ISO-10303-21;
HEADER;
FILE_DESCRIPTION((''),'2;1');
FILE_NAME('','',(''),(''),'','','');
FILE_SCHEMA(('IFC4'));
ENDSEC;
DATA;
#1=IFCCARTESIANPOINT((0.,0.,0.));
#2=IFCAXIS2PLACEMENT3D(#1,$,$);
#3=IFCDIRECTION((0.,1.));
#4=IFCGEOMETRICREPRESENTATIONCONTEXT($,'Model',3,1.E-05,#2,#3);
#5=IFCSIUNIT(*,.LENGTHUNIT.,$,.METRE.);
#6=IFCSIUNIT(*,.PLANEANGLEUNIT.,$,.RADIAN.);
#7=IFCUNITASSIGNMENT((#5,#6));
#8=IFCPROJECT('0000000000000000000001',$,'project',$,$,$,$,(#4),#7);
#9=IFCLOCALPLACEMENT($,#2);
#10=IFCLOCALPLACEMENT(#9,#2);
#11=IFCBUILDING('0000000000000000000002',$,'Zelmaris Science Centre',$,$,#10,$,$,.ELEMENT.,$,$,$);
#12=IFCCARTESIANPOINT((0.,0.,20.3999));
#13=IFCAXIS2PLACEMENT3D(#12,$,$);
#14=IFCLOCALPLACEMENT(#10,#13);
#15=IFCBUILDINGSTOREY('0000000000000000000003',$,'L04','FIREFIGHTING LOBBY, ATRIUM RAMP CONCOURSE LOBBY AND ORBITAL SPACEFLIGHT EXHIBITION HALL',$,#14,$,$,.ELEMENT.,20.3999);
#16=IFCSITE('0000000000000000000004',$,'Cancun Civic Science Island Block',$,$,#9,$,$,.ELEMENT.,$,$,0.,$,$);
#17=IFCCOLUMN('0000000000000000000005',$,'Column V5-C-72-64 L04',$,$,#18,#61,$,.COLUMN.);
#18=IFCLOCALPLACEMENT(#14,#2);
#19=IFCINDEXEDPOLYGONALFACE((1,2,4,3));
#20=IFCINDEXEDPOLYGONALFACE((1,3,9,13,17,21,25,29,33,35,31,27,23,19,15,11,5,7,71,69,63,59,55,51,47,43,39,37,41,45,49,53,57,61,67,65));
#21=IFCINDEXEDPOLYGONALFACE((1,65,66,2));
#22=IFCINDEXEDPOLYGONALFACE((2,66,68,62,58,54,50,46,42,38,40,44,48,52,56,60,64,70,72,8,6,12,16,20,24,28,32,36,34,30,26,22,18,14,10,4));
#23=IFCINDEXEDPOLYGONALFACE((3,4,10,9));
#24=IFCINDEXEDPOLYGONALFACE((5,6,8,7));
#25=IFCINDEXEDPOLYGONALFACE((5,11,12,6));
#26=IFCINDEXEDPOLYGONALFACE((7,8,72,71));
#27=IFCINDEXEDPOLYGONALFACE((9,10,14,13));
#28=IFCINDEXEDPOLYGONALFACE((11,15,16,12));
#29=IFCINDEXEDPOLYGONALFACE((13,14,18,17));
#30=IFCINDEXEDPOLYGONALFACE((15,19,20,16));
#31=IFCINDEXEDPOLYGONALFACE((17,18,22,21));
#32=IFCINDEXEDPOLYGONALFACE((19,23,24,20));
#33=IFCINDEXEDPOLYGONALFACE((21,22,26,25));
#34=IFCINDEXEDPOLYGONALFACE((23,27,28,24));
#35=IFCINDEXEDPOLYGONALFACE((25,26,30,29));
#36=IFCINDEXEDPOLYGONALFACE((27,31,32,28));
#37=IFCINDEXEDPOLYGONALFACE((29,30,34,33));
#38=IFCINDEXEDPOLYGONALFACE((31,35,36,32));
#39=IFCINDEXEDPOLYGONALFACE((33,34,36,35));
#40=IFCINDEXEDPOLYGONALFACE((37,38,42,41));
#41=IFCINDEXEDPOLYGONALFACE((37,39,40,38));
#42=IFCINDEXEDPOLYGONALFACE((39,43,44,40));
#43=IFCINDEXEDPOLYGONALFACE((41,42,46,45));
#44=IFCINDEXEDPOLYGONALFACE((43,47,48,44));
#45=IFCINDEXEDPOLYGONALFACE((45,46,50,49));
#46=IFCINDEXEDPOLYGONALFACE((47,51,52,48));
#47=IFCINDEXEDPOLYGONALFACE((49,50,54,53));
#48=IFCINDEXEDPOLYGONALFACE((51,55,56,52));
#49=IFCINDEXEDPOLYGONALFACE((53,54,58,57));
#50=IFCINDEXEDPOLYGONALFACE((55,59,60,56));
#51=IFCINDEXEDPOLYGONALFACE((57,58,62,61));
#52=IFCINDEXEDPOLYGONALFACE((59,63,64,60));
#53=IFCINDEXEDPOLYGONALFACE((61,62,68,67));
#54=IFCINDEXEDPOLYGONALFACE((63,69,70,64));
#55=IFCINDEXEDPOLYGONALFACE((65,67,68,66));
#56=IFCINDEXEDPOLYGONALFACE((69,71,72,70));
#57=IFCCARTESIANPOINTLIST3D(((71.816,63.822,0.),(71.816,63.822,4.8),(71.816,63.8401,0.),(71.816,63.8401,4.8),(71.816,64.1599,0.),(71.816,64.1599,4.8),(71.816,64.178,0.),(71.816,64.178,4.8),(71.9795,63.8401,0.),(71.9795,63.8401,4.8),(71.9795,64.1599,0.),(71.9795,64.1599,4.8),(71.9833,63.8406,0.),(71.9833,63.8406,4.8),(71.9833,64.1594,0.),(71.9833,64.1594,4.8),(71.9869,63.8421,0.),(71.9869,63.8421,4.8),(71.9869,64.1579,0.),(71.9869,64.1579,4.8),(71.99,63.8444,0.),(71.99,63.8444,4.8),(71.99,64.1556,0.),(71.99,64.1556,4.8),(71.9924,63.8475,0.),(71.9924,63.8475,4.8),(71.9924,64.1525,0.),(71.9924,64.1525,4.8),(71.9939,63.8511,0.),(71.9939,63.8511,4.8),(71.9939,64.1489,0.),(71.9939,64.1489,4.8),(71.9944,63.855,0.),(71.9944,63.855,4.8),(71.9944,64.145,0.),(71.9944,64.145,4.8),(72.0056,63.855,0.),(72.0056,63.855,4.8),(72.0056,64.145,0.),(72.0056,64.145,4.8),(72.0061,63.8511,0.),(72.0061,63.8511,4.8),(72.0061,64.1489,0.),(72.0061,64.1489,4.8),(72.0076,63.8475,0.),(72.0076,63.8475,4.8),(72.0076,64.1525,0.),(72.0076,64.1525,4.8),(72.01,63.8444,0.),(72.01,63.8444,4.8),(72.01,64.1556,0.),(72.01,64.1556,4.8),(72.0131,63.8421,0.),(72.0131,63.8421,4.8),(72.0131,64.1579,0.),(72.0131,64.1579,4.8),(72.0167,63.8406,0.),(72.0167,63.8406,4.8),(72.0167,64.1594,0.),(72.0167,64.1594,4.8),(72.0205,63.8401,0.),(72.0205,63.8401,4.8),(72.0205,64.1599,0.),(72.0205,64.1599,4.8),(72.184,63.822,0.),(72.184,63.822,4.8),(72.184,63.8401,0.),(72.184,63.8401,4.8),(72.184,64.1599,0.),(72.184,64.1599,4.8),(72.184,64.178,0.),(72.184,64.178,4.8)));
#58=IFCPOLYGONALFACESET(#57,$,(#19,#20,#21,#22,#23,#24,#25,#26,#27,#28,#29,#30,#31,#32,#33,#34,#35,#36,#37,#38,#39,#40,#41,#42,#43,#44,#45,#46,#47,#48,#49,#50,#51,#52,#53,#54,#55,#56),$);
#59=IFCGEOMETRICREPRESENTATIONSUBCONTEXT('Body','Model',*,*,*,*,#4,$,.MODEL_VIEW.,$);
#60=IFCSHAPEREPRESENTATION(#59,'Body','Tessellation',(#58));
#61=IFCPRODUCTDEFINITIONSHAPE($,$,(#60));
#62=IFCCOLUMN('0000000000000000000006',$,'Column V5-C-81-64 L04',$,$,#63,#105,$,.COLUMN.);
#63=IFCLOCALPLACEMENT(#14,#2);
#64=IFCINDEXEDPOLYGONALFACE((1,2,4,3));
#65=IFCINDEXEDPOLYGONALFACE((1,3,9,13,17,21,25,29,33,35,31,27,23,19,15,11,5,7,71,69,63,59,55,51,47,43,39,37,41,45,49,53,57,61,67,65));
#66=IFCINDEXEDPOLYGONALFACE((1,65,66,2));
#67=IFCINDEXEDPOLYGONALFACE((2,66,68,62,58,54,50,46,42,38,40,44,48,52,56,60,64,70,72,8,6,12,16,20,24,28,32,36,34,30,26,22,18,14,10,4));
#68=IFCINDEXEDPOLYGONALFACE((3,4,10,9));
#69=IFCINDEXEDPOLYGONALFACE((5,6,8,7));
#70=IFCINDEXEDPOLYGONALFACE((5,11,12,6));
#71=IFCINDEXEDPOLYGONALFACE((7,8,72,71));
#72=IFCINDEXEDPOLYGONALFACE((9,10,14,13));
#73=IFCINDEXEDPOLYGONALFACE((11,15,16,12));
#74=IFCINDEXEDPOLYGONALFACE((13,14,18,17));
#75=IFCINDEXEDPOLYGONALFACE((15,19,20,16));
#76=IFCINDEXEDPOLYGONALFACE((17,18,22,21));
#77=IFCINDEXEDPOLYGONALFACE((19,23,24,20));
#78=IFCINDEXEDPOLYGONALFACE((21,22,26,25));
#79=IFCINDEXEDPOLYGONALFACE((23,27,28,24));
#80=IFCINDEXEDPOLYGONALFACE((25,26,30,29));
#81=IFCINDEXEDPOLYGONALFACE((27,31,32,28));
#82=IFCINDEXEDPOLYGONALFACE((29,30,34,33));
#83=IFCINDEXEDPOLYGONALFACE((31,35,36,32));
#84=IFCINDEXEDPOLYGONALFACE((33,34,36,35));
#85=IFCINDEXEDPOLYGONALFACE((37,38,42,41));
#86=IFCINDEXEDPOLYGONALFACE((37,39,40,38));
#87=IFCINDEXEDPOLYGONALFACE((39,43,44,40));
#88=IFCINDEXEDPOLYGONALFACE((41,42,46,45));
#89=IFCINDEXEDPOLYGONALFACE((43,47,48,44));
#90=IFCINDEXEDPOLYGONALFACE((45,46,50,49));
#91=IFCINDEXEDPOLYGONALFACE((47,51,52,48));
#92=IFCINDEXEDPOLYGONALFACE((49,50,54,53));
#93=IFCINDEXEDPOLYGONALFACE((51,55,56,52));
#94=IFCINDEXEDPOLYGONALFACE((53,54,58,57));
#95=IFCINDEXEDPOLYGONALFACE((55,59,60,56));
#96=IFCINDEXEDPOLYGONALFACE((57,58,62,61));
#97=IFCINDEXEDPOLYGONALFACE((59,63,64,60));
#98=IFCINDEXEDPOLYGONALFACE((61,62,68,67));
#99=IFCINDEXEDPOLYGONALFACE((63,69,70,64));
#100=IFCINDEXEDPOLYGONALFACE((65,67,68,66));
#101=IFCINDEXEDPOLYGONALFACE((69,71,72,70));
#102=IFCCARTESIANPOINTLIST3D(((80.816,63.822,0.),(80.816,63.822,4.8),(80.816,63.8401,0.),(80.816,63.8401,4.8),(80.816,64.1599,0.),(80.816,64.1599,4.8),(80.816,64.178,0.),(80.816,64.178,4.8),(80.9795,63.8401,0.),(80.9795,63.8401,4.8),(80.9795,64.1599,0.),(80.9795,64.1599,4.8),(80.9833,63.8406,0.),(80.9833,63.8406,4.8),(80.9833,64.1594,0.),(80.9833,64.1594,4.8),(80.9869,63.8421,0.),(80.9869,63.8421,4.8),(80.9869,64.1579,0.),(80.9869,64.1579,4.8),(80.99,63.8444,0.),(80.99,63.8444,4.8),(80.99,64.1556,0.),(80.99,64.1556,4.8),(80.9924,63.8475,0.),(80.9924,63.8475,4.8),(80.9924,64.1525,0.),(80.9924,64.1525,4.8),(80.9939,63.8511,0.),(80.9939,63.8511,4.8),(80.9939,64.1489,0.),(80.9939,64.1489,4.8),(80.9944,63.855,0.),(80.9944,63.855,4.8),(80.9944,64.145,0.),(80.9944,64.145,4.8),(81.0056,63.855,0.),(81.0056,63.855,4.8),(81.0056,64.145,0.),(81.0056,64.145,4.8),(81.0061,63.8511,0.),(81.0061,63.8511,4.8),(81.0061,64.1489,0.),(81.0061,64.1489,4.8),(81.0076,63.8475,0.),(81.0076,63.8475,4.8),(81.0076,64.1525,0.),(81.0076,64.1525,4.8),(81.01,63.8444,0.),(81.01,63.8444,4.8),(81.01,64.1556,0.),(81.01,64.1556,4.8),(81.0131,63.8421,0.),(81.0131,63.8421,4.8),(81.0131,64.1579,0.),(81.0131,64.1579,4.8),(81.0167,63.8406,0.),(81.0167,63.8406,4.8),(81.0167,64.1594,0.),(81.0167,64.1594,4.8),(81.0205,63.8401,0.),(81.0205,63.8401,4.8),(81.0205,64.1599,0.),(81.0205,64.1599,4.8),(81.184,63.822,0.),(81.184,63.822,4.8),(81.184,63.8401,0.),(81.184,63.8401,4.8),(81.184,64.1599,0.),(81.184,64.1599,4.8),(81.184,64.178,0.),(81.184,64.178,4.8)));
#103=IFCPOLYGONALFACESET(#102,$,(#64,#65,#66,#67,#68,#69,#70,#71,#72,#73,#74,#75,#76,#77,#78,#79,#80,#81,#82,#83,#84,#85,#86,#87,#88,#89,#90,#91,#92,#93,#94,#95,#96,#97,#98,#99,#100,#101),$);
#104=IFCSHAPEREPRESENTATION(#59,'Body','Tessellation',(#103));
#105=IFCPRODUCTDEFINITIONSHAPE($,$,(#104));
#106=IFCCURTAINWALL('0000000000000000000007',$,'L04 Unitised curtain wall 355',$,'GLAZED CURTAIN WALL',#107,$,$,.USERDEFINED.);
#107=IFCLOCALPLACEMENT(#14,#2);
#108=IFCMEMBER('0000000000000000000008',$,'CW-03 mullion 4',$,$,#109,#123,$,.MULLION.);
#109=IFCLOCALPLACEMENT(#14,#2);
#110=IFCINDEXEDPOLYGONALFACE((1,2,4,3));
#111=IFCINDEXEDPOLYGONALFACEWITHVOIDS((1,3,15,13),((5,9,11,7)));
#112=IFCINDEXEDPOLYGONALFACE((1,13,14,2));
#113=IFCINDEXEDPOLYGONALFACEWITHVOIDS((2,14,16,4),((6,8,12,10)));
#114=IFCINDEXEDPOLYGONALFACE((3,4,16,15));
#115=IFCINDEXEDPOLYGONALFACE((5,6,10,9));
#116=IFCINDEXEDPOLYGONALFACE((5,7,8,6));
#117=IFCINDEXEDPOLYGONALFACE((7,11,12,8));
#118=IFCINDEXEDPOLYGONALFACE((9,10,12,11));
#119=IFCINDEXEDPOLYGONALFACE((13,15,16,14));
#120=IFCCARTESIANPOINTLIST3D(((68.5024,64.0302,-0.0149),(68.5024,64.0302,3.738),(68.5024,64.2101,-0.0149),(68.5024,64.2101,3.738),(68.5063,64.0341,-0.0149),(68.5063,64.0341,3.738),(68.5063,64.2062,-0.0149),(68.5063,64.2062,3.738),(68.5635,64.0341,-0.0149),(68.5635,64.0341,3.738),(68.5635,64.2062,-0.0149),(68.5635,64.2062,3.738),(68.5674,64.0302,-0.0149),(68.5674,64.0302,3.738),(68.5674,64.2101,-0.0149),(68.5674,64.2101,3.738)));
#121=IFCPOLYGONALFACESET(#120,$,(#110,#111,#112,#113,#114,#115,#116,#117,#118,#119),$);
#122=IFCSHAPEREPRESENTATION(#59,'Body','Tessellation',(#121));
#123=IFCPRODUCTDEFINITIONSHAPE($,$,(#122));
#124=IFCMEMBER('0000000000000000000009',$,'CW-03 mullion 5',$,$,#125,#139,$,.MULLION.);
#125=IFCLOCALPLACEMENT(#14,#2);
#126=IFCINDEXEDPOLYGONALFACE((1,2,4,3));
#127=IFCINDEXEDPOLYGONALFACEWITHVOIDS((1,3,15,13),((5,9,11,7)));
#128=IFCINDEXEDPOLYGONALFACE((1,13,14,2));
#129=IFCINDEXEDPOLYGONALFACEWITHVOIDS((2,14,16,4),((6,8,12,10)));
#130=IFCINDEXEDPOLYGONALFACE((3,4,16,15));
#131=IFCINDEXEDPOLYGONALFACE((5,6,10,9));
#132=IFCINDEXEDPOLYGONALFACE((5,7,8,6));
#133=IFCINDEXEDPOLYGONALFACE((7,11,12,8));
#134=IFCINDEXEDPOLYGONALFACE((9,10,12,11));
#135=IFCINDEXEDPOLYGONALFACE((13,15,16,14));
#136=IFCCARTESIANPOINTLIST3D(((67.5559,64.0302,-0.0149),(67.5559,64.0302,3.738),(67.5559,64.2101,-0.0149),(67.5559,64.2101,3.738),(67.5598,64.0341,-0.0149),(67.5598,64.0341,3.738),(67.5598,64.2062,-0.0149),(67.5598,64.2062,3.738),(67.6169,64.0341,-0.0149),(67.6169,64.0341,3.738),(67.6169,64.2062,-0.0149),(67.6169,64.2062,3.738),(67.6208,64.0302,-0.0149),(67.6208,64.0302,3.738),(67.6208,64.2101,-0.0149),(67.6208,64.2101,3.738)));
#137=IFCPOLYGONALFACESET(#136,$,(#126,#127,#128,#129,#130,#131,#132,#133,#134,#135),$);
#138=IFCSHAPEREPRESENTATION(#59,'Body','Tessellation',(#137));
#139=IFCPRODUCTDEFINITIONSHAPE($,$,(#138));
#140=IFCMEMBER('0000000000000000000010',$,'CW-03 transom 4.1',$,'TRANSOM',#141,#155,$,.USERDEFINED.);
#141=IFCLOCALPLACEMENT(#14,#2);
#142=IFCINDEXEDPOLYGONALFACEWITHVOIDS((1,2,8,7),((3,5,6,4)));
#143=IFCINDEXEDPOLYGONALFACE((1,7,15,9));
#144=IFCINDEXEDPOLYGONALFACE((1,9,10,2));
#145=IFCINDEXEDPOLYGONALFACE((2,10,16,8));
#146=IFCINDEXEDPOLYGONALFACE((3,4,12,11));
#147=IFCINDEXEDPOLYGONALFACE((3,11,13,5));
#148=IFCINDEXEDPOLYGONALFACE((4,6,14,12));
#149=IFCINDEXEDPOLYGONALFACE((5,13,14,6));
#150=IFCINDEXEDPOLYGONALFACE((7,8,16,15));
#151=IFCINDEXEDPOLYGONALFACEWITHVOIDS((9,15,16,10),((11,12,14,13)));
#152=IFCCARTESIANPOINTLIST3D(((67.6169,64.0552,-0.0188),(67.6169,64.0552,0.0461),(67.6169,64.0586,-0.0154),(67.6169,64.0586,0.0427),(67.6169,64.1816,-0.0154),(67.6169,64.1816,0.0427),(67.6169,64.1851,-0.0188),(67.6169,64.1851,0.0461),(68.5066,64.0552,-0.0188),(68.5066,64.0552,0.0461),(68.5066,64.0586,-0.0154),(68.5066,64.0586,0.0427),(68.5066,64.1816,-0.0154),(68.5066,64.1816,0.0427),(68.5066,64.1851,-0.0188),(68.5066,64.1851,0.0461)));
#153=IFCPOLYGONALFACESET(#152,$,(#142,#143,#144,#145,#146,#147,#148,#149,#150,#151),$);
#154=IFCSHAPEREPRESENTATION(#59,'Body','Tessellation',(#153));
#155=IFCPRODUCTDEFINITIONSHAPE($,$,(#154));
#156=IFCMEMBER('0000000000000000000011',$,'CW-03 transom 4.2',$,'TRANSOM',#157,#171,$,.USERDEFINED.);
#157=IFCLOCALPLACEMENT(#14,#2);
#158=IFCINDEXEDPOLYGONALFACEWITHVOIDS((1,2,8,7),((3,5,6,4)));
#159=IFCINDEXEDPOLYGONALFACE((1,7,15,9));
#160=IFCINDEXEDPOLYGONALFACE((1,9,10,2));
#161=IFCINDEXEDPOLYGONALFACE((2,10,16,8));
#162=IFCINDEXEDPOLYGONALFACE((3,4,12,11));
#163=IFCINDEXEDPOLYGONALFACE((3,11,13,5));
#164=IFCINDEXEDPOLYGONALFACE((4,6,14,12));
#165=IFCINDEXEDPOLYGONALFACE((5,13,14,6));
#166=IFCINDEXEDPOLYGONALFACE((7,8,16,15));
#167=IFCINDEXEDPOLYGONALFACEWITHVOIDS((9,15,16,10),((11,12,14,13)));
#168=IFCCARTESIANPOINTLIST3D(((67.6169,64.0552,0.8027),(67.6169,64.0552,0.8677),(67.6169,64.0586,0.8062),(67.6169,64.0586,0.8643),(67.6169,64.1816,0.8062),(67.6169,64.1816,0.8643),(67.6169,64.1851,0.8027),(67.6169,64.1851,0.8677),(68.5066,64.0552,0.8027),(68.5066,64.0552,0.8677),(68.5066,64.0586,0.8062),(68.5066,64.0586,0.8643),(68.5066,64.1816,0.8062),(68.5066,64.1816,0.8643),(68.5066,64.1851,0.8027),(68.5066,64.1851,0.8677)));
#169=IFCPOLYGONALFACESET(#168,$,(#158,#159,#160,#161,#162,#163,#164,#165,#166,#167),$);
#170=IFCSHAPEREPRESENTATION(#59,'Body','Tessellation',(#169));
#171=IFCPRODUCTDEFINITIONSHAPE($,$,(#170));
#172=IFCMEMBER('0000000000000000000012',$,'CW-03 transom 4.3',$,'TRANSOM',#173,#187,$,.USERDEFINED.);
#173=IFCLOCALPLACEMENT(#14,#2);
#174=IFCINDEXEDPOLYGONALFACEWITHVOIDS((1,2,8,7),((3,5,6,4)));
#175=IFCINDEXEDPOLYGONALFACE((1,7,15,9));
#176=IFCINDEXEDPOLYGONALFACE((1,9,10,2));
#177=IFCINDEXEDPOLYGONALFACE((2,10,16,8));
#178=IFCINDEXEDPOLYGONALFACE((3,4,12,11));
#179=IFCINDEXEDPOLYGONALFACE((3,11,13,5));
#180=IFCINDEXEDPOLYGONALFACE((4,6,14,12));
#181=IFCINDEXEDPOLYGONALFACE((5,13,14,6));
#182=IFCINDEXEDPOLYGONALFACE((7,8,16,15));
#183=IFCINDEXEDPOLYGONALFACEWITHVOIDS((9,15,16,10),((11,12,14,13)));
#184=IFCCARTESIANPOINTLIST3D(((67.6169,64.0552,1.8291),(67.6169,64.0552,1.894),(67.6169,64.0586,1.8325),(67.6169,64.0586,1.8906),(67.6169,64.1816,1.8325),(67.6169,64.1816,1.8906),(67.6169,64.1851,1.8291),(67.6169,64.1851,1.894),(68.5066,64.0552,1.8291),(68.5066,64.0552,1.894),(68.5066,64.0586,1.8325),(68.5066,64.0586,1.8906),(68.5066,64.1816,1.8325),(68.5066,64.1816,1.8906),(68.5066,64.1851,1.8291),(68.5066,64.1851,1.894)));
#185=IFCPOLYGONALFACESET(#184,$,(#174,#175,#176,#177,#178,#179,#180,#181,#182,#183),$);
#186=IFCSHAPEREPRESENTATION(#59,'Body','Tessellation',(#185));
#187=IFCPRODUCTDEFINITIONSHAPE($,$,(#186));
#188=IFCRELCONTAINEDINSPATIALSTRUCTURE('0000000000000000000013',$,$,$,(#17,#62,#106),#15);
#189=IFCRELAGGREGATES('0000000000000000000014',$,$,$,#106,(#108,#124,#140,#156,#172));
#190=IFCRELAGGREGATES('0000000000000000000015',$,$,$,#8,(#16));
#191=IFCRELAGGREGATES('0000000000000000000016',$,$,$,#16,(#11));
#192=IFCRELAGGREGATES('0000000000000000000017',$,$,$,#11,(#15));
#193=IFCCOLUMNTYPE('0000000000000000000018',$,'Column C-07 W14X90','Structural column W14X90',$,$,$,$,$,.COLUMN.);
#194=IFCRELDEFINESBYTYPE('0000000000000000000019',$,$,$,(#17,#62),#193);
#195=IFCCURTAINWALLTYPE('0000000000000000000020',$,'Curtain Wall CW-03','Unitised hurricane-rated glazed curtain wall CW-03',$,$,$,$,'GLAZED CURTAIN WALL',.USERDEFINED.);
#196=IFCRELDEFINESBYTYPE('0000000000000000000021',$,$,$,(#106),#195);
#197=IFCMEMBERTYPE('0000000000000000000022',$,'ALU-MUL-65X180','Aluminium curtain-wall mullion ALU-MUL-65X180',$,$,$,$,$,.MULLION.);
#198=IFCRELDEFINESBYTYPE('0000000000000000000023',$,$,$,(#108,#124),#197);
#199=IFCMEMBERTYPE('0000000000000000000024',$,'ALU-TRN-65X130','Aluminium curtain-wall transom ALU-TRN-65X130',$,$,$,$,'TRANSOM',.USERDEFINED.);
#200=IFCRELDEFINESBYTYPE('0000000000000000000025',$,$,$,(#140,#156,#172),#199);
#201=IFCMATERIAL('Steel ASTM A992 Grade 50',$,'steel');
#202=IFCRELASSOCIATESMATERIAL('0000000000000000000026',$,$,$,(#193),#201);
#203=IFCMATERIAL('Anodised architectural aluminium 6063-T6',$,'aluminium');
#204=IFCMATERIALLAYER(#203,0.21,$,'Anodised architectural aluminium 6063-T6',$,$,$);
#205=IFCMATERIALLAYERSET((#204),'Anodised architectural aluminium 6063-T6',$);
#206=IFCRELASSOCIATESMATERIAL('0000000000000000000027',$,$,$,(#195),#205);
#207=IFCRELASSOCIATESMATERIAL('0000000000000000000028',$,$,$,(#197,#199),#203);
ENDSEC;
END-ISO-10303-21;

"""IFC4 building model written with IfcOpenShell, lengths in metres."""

from ifc_helpers import new_model, si_unit, direction, frame, origin, origin_2d, place, context, subcontext, project, spatial, hollow_rectangle, i_section, extrude, material, layer, layer_set, material_profile, profile_set, type_object, element, aggregate, save


model = new_model("IFC4")

# Units and contexts
model_context = context("Model", 3, precision=1e-05, world=origin(), true_north=direction((0.0, 1.0)))
body_context = subcontext(model_context, "Body", "Model", "MODEL_VIEW")
ifc_project = project(units=[si_unit("LENGTHUNIT", "METRE"), si_unit("PLANEANGLEUNIT", "RADIAN")], contexts=[model_context])

# Site, building, storey
site_placement = place(None, origin())
site = spatial("IfcSite", under=ifc_project, at=site_placement, Name="Cancun Civic Science Island Block", CompositionType="ELEMENT", RefElevation=0.0)
building_placement = place(site_placement, origin())
building = spatial("IfcBuilding", under=site, at=building_placement, Name="Zelmaris Science Centre", CompositionType="ELEMENT")
storey_placement = place(building_placement, frame((0.0, 0.0, 20.3999)))
storey = spatial("IfcBuildingStorey", under=building, at=storey_placement, Name="L04", Description="FIREFIGHTING LOBBY, ATRIUM RAMP CONCOURSE LOBBY AND ORBITAL SPACEFLIGHT EXHIBITION HALL", CompositionType="ELEMENT", Elevation=20.3999)

# Columns
ifc_material_1 = material(Name="Steel ASTM A992 Grade 50", Category="steel")
ifc_material_profile_1 = material_profile(ifc_material_1, i_section(OverallWidth=0.3679, OverallDepth=0.356, WebThickness=0.0112, FlangeThickness=0.0181, FilletRadius=0.0149, at=origin_2d()), Name="W14X90")
ifc_profile_set_1 = profile_set([ifc_material_profile_1], Name="Steel ASTM A992 Grade 50")
column_type = type_object("IfcColumnType", Name="Column C-07 W14X90", Description="Structural column W14X90", PredefinedType="COLUMN", material=ifc_profile_set_1)
for number, where, z_axis, x_axis, name in (
    (1, (72.0, 64.0, 0.0), (0.0, 0.0, 1.0), (1.0, 0.0, 0.0), "Column V5-C-72-64 L04"),
    (2, (81.0, 64.0, 0.0), (0.0, 0.0, 1.0), (1.0, 0.0, 0.0), "Column V5-C-81-64 L04"),
):
    element("IfcColumn", number, at=place(storey_placement, frame(where, z_axis=z_axis, x_axis=x_axis)), inside=storey, type_object=column_type, Name=name, PredefinedType="COLUMN", context=body_context, shape_type="SweptSolid", body=[
        extrude(i_section(OverallWidth=0.3679, OverallDepth=0.356, WebThickness=0.0112, FlangeThickness=0.0181, FilletRadius=0.0149, at=origin_2d()), origin(), (0.0, 0.0, 1.0), 4.8),
    ])

# Curtain wall, members
ifc_material_2 = material(Name="Anodised architectural aluminium 6063-T6", Category="aluminium")
ifc_layer_1 = layer(ifc_material_2, 0.21, Name="Anodised architectural aluminium 6063-T6")
ifc_layer_set_1 = layer_set([ifc_layer_1], Name="Anodised architectural aluminium 6063-T6")
curtain_wall_type = type_object("IfcCurtainWallType", Name="Curtain Wall CW-03", Description="Unitised hurricane-rated glazed curtain wall CW-03", ElementType="GLAZED CURTAIN WALL", PredefinedType="USERDEFINED", material=ifc_layer_set_1)
curtain_wall_placement = place(storey_placement, origin())
curtain_wall = element("IfcCurtainWall", 3, at=curtain_wall_placement, inside=storey, type_object=curtain_wall_type, Name="L04 Unitised curtain wall 355", ObjectType="GLAZED CURTAIN WALL", PredefinedType="USERDEFINED")
ifc_material_profile_2 = material_profile(ifc_material_2, hollow_rectangle(XDim=0.0649, YDim=0.1799, WallThickness=0.0039, at=origin_2d()), Name="ALU-MUL-65X180")
ifc_profile_set_2 = profile_set([ifc_material_profile_2], Name="Anodised architectural aluminium 6063-T6")
member_type_1 = type_object("IfcMemberType", Name="ALU-MUL-65X180", Description="Aluminium curtain-wall mullion ALU-MUL-65X180", PredefinedType="MULLION", material=ifc_profile_set_2)
member_1_placement = place(storey_placement, frame((68.5349, 64.1201, -0.0149), z_axis=(0.0, 0.0, 1.0), x_axis=(-1.0, 0.000003, 0.0)))
member_1 = element("IfcMember", 4, at=member_1_placement, type_object=member_type_1, Name="CW-03 mullion 4", PredefinedType="MULLION", context=body_context, shape_type="SweptSolid", body=[
    extrude(hollow_rectangle(XDim=0.0649, YDim=0.1799, WallThickness=0.0039, at=origin_2d()), origin(), (0.0, 0.0, 1.0), 3.7529),
])
member_2_placement = place(storey_placement, frame((67.5884, 64.1201, -0.0149), z_axis=(0.0, 0.0, 1.0), x_axis=(-1.0, 0.000003, 0.0)))
member_2 = element("IfcMember", 5, at=member_2_placement, type_object=member_type_1, Name="CW-03 mullion 5", PredefinedType="MULLION", context=body_context, shape_type="SweptSolid", body=[
    extrude(hollow_rectangle(XDim=0.0649, YDim=0.1799, WallThickness=0.0039, at=origin_2d()), origin(), (0.0, 0.0, 1.0), 3.7529),
])
ifc_material_profile_3 = material_profile(ifc_material_2, hollow_rectangle(XDim=0.0649, YDim=0.1299, WallThickness=0.0034, at=origin_2d()), Name="ALU-TRN-65X130")
ifc_profile_set_3 = profile_set([ifc_material_profile_3], Name="Anodised architectural aluminium 6063-T6")
member_type_2 = type_object("IfcMemberType", Name="ALU-TRN-65X130", Description="Aluminium curtain-wall transom ALU-TRN-65X130", ElementType="TRANSOM", PredefinedType="USERDEFINED", material=ifc_profile_set_3)
member_3_placement = place(storey_placement, frame((68.5066, 64.1201, 0.0137), z_axis=(-1.0, 0.0, 0.0), x_axis=(0.0, 0.0, 1.0)))
member_3 = element("IfcMember", 6, at=member_3_placement, type_object=member_type_2, Name="CW-03 transom 4.1", ObjectType="TRANSOM", PredefinedType="USERDEFINED", context=body_context, shape_type="SweptSolid", body=[
    extrude(hollow_rectangle(XDim=0.0649, YDim=0.1299, WallThickness=0.0034, at=origin_2d()), origin(), (0.0, 0.0, 1.0), 0.8896),
])
member_4_placement = place(storey_placement, frame((68.5066, 64.1201, 0.8352), z_axis=(-1.0, 0.0, 0.0), x_axis=(0.0, 0.0, 1.0)))
member_4 = element("IfcMember", 7, at=member_4_placement, type_object=member_type_2, Name="CW-03 transom 4.2", ObjectType="TRANSOM", PredefinedType="USERDEFINED", context=body_context, shape_type="SweptSolid", body=[
    extrude(hollow_rectangle(XDim=0.0649, YDim=0.1299, WallThickness=0.0034, at=origin_2d()), origin(), (0.0, 0.0, 1.0), 0.8896),
])
member_5_placement = place(storey_placement, frame((68.5066, 64.1201, 1.8616), z_axis=(-1.0, 0.0, 0.0), x_axis=(0.0, 0.0, 1.0)))
member_5 = element("IfcMember", 8, at=member_5_placement, type_object=member_type_2, Name="CW-03 transom 4.3", ObjectType="TRANSOM", PredefinedType="USERDEFINED", context=body_context, shape_type="SweptSolid", body=[
    extrude(hollow_rectangle(XDim=0.0649, YDim=0.1299, WallThickness=0.0034, at=origin_2d()), origin(), (0.0, 0.0, 1.0), 0.8896),
])

aggregate(curtain_wall, [member_1, member_2, member_3, member_4, member_5])

save(model, "model.ifc")
